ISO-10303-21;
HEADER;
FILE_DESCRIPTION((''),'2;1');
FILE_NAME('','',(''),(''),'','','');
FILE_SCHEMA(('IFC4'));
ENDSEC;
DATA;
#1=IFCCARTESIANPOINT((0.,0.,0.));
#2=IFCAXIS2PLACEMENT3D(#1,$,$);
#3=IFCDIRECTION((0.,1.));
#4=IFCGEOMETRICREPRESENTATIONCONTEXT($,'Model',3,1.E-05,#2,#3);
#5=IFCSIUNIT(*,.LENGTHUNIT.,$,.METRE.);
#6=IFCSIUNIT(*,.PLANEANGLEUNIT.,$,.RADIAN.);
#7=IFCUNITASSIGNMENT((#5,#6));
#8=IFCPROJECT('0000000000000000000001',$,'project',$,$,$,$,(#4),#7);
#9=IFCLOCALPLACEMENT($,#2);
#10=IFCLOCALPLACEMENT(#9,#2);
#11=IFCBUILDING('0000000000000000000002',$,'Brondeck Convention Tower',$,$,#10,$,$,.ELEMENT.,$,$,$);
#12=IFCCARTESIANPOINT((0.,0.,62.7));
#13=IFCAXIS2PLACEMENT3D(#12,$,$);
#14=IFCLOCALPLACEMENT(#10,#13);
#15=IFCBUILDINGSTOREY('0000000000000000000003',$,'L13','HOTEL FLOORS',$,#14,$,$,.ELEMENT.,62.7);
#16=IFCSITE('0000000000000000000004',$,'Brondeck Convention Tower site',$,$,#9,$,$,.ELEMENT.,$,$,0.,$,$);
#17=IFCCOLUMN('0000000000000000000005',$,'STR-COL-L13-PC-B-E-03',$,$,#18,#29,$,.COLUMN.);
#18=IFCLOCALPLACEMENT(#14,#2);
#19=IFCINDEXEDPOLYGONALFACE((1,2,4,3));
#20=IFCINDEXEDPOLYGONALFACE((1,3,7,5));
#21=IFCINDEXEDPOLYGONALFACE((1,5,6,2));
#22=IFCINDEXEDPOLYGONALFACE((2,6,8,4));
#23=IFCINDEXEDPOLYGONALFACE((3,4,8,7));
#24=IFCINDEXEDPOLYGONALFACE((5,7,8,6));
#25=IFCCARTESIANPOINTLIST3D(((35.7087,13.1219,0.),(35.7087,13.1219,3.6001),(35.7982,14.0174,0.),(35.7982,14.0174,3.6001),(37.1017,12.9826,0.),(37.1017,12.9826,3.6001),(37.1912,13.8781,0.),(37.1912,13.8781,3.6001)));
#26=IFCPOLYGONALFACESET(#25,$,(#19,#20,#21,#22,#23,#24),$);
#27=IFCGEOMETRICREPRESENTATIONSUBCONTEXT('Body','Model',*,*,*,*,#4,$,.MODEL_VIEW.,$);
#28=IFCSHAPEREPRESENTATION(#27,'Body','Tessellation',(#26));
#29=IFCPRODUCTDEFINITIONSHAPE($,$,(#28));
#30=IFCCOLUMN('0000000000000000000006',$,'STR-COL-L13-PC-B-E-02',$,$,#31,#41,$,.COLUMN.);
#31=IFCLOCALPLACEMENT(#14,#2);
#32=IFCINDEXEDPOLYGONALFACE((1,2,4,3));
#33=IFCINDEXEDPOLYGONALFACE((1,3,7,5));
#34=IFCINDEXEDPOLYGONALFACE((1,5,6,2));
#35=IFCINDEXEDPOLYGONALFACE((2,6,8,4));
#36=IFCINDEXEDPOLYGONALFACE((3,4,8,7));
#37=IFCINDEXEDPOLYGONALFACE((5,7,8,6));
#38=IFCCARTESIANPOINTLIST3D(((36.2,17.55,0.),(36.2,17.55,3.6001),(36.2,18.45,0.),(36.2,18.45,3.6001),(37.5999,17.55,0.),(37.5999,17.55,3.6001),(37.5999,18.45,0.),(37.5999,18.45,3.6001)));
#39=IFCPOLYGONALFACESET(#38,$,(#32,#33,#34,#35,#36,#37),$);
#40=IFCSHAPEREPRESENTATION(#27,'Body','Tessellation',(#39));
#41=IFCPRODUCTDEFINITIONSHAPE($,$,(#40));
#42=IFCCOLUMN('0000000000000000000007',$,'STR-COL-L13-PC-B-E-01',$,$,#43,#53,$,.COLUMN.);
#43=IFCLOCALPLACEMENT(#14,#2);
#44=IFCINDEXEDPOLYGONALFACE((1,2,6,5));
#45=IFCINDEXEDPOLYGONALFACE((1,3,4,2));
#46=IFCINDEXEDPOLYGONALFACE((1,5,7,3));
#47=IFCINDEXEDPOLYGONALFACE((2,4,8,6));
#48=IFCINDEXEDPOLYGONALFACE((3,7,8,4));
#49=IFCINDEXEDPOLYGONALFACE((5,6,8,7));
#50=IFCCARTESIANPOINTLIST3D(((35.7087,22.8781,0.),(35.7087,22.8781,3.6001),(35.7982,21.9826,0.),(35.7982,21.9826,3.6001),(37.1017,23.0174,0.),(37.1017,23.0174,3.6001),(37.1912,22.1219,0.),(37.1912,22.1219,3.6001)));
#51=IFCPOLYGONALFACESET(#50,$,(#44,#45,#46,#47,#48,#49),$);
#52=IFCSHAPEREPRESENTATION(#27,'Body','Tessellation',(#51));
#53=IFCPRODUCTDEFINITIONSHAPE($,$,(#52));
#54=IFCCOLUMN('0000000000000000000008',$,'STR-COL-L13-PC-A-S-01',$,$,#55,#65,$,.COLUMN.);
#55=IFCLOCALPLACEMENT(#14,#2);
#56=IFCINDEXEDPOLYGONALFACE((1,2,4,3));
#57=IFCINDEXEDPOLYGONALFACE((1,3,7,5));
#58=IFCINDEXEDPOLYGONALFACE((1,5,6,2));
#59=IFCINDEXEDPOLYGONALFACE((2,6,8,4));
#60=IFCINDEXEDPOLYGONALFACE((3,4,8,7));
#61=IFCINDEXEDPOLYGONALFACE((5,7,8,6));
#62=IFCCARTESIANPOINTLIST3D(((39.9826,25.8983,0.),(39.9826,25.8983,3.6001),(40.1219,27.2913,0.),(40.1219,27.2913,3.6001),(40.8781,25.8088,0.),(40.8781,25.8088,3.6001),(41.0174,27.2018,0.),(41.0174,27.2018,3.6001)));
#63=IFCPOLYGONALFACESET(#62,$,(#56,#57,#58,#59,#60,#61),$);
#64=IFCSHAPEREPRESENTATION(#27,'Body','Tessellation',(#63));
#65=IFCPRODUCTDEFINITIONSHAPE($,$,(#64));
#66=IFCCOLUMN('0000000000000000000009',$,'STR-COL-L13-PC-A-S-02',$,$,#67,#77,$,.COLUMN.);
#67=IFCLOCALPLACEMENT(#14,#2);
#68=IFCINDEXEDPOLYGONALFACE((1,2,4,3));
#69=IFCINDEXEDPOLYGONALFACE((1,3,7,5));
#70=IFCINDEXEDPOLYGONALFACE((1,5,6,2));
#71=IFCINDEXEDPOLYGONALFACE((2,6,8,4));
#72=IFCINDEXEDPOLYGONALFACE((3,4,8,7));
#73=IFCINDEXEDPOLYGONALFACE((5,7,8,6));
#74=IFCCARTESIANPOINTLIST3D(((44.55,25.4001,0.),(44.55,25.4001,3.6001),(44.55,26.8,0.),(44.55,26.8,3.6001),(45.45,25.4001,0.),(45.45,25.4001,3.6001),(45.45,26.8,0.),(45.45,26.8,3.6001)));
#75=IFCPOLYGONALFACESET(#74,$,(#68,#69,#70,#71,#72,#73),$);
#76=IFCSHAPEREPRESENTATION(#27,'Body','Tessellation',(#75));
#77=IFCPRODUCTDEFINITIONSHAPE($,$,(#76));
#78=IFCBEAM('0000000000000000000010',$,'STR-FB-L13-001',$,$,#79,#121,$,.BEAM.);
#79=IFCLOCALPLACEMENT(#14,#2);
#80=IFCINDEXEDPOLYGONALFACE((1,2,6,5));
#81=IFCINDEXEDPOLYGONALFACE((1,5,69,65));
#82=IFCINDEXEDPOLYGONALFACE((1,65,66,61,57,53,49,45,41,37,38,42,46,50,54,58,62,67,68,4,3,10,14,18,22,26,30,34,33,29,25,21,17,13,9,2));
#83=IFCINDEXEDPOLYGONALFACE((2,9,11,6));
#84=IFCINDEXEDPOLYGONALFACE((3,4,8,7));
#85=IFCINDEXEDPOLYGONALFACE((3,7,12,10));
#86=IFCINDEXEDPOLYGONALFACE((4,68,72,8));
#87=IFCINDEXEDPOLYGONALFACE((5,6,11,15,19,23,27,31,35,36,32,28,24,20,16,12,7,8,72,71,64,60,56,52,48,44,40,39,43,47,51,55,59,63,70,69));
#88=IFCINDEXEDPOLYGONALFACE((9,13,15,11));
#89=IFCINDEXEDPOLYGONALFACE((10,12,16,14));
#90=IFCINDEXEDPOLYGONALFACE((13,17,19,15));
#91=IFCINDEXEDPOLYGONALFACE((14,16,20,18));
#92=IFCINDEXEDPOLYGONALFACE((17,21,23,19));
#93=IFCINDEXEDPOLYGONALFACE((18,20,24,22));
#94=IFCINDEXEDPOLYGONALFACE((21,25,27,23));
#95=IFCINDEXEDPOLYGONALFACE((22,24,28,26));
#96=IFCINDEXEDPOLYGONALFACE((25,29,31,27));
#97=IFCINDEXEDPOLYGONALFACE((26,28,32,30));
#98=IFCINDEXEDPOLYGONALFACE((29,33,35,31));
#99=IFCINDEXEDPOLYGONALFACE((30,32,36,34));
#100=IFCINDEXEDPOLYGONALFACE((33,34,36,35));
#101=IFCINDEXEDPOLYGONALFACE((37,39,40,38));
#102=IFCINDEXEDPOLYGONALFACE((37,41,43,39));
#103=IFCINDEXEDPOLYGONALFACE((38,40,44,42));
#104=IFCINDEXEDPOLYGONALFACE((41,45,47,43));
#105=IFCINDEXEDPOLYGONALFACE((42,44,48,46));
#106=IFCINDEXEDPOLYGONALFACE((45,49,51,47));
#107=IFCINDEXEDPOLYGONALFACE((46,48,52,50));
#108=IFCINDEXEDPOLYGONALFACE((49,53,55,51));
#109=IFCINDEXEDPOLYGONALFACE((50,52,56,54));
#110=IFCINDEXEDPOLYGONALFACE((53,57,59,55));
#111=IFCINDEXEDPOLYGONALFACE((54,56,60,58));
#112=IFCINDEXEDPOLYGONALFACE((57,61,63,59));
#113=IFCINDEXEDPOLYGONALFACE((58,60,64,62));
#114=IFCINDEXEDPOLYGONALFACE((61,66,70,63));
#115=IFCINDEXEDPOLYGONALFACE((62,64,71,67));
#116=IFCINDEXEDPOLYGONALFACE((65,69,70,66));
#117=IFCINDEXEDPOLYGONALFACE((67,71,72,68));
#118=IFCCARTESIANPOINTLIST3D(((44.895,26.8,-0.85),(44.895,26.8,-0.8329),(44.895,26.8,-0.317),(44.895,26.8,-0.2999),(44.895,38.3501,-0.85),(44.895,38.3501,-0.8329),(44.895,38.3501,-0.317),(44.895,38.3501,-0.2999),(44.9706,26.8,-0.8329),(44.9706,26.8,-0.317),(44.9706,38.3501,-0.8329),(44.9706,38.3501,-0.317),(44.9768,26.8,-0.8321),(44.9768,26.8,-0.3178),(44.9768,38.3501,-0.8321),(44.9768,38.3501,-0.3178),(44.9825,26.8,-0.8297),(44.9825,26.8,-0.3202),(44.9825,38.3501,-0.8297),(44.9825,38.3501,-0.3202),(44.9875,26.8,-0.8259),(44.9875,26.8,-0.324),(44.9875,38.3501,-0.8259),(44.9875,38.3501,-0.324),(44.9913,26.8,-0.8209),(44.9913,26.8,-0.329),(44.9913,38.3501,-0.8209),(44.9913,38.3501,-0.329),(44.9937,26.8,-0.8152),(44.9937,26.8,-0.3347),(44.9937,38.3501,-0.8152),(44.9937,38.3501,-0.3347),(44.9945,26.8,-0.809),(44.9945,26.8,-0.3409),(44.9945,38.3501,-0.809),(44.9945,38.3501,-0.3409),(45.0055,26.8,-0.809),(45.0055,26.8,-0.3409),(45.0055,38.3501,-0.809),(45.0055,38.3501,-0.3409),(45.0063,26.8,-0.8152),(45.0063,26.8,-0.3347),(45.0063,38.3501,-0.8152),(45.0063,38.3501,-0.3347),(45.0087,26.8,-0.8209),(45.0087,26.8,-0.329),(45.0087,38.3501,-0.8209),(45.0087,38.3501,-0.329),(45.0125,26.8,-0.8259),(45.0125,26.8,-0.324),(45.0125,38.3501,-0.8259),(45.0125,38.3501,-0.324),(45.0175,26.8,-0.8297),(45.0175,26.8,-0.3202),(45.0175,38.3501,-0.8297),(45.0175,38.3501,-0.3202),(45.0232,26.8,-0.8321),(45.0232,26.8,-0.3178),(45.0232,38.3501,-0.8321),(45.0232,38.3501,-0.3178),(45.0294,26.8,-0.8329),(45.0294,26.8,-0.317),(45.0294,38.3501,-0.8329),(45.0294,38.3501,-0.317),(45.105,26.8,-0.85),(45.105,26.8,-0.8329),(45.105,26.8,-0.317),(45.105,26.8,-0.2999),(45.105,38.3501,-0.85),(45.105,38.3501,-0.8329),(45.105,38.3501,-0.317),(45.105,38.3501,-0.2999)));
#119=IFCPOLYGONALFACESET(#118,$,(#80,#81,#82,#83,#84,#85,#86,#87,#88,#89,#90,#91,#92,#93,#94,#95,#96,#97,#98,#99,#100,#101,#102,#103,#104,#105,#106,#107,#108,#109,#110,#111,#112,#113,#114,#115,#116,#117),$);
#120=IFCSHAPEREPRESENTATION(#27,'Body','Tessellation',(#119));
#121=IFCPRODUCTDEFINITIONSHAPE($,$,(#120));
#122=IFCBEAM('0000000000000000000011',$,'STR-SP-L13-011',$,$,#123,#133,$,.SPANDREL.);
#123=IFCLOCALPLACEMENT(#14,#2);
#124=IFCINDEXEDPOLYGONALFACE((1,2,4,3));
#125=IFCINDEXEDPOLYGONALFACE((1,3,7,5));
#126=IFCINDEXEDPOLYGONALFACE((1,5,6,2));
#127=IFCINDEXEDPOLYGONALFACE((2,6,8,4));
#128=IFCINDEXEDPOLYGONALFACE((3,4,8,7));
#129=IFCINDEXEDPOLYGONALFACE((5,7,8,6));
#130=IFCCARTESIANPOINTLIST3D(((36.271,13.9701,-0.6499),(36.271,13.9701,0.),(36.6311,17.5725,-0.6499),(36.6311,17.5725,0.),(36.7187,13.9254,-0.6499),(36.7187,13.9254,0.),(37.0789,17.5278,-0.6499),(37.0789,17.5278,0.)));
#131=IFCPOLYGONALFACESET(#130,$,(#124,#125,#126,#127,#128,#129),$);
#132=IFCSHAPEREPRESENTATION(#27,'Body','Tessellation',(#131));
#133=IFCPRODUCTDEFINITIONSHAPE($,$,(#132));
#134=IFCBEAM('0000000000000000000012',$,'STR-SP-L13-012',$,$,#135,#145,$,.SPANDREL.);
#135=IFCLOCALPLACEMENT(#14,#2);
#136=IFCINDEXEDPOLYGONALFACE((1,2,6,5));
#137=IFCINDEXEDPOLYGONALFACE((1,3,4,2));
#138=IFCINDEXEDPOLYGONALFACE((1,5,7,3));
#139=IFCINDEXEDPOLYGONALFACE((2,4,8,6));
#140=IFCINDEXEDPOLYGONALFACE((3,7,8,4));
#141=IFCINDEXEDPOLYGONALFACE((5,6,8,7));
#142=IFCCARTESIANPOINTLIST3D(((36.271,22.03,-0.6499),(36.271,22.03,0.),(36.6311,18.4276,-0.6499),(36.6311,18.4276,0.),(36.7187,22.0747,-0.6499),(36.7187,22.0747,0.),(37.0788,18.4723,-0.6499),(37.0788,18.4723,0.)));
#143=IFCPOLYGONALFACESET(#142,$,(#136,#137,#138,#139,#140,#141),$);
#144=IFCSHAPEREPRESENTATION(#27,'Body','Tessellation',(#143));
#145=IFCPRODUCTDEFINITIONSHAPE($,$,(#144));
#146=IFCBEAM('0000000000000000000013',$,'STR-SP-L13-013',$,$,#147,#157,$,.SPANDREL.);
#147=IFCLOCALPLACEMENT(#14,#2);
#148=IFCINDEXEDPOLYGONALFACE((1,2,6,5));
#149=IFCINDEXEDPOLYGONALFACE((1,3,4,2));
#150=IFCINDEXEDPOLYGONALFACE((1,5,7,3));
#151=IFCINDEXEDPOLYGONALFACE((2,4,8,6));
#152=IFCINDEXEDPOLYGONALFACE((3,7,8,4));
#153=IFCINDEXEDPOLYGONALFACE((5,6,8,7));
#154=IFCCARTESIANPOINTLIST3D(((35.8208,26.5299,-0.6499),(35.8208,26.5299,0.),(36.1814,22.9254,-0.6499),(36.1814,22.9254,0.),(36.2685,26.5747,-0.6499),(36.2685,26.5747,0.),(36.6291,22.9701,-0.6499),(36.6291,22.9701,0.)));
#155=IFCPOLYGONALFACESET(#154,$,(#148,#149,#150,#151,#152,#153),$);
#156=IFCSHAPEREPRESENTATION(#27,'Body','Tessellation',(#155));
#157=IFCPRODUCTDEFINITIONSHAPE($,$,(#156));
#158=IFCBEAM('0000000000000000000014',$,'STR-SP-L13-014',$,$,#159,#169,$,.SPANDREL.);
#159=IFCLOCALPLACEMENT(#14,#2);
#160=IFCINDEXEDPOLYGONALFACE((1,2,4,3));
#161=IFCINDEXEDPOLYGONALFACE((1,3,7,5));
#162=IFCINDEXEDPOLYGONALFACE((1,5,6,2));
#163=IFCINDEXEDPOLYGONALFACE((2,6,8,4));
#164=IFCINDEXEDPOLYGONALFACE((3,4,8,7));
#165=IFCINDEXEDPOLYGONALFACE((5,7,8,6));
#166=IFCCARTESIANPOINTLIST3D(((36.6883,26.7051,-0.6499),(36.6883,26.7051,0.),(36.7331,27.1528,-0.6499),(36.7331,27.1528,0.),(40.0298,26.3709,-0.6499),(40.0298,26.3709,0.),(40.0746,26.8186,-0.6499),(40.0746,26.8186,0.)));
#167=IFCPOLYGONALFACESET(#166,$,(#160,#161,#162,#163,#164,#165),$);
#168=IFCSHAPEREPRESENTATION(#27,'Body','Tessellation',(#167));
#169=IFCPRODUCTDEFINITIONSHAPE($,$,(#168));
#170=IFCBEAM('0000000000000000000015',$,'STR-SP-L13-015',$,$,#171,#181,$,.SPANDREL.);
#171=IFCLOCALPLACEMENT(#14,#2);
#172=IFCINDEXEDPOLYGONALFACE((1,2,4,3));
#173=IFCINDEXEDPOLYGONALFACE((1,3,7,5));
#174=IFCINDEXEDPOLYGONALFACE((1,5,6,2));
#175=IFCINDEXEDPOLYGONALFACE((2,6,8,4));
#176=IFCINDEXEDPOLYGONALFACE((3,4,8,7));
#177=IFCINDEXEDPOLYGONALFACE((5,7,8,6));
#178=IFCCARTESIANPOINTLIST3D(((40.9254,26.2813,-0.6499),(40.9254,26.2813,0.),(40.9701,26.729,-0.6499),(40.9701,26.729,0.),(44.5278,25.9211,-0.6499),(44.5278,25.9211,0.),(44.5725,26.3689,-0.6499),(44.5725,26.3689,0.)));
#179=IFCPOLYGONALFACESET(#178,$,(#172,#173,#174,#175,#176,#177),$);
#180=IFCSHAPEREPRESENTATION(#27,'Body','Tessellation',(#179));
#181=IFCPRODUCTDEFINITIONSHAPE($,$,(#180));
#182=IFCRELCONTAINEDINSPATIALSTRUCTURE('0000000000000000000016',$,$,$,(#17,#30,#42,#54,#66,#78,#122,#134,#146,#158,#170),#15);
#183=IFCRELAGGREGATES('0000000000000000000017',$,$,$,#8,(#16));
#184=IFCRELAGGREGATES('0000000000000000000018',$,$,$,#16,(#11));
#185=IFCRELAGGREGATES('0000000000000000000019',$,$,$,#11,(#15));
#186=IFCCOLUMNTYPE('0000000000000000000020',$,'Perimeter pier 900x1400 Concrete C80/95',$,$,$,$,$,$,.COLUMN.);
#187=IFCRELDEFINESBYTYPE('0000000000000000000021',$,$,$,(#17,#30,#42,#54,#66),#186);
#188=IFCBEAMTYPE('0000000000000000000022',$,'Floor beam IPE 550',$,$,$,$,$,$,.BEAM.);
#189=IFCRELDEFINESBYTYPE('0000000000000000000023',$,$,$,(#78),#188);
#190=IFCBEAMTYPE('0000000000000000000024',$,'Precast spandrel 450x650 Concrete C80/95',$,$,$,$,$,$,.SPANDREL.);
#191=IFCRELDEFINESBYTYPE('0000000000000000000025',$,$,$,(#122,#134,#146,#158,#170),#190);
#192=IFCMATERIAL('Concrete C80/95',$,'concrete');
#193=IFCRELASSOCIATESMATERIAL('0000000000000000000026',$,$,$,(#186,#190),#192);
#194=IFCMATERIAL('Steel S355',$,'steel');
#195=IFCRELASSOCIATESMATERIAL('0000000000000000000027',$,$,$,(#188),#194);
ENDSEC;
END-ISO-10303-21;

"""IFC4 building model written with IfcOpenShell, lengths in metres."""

from ifc_helpers import new_model, si_unit, direction, frame, origin, origin_2d, place, context, subcontext, project, spatial, rectangle, i_section, extrude, material, material_profile, profile_set, type_object, element, save


model = new_model("IFC4")

# Units and contexts
model_context = context("Model", 3, precision=1e-05, world=origin(), true_north=direction((0.0, 1.0)))
body_context = subcontext(model_context, "Body", "Model", "MODEL_VIEW")
ifc_project = project(units=[si_unit("LENGTHUNIT", "METRE"), si_unit("PLANEANGLEUNIT", "RADIAN")], contexts=[model_context])

# Site, building, storey
site_placement = place(None, origin())
site = spatial("IfcSite", under=ifc_project, at=site_placement, Name="Brondeck Convention Tower site", CompositionType="ELEMENT", RefElevation=0.0)
building_placement = place(site_placement, origin())
building = spatial("IfcBuilding", under=site, at=building_placement, Name="Brondeck Convention Tower", CompositionType="ELEMENT")
storey_placement = place(building_placement, frame((0.0, 0.0, 62.7)))
storey = spatial("IfcBuildingStorey", under=building, at=storey_placement, Name="L13", Description="HOTEL FLOORS", CompositionType="ELEMENT", Elevation=62.7)

# Columns
ifc_material_1 = material(Name="Concrete C80/95", Category="concrete")
ifc_material_profile_1 = material_profile(ifc_material_1, rectangle(XDim=0.8999, YDim=1.3999, at=origin_2d()), Name="Perimeter pier 900x1400 Concrete C80/95")
ifc_profile_set_1 = profile_set([ifc_material_profile_1], Name="Concrete C80/95")
column_type = type_object("IfcColumnType", Name="Perimeter pier 900x1400 Concrete C80/95", PredefinedType="COLUMN", material=ifc_profile_set_1)
for number, where, z_axis, x_axis, name in (
    (1, (36.45, 13.5, 0.0), (0.0, 0.0, 1.0), (0.099504, 0.995037, 0.0), "STR-COL-L13-PC-B-E-03"),
    (2, (36.8999, 18.0, 0.0), (0.0, 0.0, 1.0), (0.0, 1.0, 0.0), "STR-COL-L13-PC-B-E-02"),
    (3, (36.45, 22.5, 0.0), (0.0, 0.0, 1.0), (-0.099504, 0.995037, 0.0), "STR-COL-L13-PC-B-E-01"),
    (4, (40.5, 26.55, 0.0), (0.0, 0.0, 1.0), (0.995037, -0.099504, 0.0), "STR-COL-L13-PC-A-S-01"),
    (5, (45.0, 26.1001, 0.0), (0.0, 0.0, 1.0), (1.0, 0.0, 0.0), "STR-COL-L13-PC-A-S-02"),
):
    element("IfcColumn", number, at=place(storey_placement, frame(where, z_axis=z_axis, x_axis=x_axis)), inside=storey, type_object=column_type, Name=name, PredefinedType="COLUMN", context=body_context, shape_type="SweptSolid", body=[
        extrude(rectangle(XDim=0.8999, YDim=1.3999, at=origin_2d()), origin(), (0.0, 0.0, 1.0), 3.6001),
    ])

# Beams
ifc_material_2 = material(Name="Steel S355", Category="steel")
ifc_material_profile_2 = material_profile(ifc_material_2, i_section(OverallWidth=0.21, OverallDepth=0.55, WebThickness=0.011, FlangeThickness=0.0171, FilletRadius=0.0239, at=origin_2d()), Name="IPE 550")
ifc_profile_set_2 = profile_set([ifc_material_profile_2], Name="Steel S355")
beam_type_1 = type_object("IfcBeamType", Name="Floor beam IPE 550", PredefinedType="BEAM", material=ifc_profile_set_2)
beam_1_placement = place(storey_placement, frame((45.0, 26.8, -0.575), z_axis=(0.0, 1.0, 0.0), x_axis=(-1.0, 0.0, 0.0)))
element("IfcBeam", 6, at=beam_1_placement, inside=storey, type_object=beam_type_1, Name="STR-FB-L13-001", PredefinedType="BEAM", context=body_context, shape_type="SweptSolid", body=[
    extrude(i_section(OverallWidth=0.21, OverallDepth=0.55, WebThickness=0.011, FlangeThickness=0.0171, FilletRadius=0.0239, at=origin_2d()), origin(), (0.0, 0.0, 1.0), 11.55),
])
ifc_material_profile_3 = material_profile(ifc_material_1, rectangle(XDim=0.45, YDim=0.6499, at=origin_2d()), Name="Precast spandrel 450x650 Concrete C80/95")
ifc_profile_set_3 = profile_set([ifc_material_profile_3], Name="Concrete C80/95")
beam_type_2 = type_object("IfcBeamType", Name="Precast spandrel 450x650 Concrete C80/95", PredefinedType="SPANDREL", material=ifc_profile_set_3)
for number, where, z_axis, x_axis, name in (
    (7, (36.4949, 13.9478, -0.325), (0.09947, 0.995041, 0.0), (-0.995041, 0.09947, 0.0), "STR-SP-L13-011"),
    (8, (36.855, 18.45, -0.325), (-0.09947, 0.995041, 0.0), (-0.995041, -0.09947, 0.0), "STR-SP-L13-012"),
):
    element("IfcBeam", number, at=place(storey_placement, frame(where, z_axis=z_axis, x_axis=x_axis)), inside=storey, type_object=beam_type_2, Name=name, PredefinedType="SPANDREL", context=body_context, shape_type="SweptSolid", body=[
        extrude(rectangle(XDim=0.45, YDim=0.6499, at=origin_2d()), origin(), (0.0, 0.0, 1.0), 3.6204),
    ])
beam_2_placement = place(storey_placement, frame((36.4053, 22.9478, -0.325), z_axis=(-0.099544, 0.995033, 0.0), x_axis=(-0.995033, -0.099544, 0.0)))
element("IfcBeam", 9, at=beam_2_placement, inside=storey, type_object=beam_type_2, Name="STR-SP-L13-013", PredefinedType="SPANDREL", context=body_context, shape_type="SweptSolid", body=[
    extrude(rectangle(XDim=0.45, YDim=0.6499, at=origin_2d()), origin(), (0.0, 0.0, 1.0), 3.6226),
])
beam_3_placement = place(storey_placement, frame((36.7107, 26.929, -0.325), z_axis=(0.995035, -0.099525, 0.0), x_axis=(0.099525, 0.995035, 0.0)))
element("IfcBeam", 10, at=beam_3_placement, inside=storey, type_object=beam_type_2, Name="STR-SP-L13-014", PredefinedType="SPANDREL", context=body_context, shape_type="SweptSolid", body=[
    extrude(rectangle(XDim=0.45, YDim=0.6499, at=origin_2d()), origin(), (0.0, 0.0, 1.0), 3.3582),
])
beam_4_placement = place(storey_placement, frame((40.9478, 26.5051, -0.325), z_axis=(0.995041, -0.09947, 0.0), x_axis=(0.09947, 0.995041, 0.0)))
element("IfcBeam", 11, at=beam_4_placement, inside=storey, type_object=beam_type_2, Name="STR-SP-L13-015", PredefinedType="SPANDREL", context=body_context, shape_type="SweptSolid", body=[
    extrude(rectangle(XDim=0.45, YDim=0.6499, at=origin_2d()), origin(), (0.0, 0.0, 1.0), 3.6204),
])

save(model, "model.ifc")
